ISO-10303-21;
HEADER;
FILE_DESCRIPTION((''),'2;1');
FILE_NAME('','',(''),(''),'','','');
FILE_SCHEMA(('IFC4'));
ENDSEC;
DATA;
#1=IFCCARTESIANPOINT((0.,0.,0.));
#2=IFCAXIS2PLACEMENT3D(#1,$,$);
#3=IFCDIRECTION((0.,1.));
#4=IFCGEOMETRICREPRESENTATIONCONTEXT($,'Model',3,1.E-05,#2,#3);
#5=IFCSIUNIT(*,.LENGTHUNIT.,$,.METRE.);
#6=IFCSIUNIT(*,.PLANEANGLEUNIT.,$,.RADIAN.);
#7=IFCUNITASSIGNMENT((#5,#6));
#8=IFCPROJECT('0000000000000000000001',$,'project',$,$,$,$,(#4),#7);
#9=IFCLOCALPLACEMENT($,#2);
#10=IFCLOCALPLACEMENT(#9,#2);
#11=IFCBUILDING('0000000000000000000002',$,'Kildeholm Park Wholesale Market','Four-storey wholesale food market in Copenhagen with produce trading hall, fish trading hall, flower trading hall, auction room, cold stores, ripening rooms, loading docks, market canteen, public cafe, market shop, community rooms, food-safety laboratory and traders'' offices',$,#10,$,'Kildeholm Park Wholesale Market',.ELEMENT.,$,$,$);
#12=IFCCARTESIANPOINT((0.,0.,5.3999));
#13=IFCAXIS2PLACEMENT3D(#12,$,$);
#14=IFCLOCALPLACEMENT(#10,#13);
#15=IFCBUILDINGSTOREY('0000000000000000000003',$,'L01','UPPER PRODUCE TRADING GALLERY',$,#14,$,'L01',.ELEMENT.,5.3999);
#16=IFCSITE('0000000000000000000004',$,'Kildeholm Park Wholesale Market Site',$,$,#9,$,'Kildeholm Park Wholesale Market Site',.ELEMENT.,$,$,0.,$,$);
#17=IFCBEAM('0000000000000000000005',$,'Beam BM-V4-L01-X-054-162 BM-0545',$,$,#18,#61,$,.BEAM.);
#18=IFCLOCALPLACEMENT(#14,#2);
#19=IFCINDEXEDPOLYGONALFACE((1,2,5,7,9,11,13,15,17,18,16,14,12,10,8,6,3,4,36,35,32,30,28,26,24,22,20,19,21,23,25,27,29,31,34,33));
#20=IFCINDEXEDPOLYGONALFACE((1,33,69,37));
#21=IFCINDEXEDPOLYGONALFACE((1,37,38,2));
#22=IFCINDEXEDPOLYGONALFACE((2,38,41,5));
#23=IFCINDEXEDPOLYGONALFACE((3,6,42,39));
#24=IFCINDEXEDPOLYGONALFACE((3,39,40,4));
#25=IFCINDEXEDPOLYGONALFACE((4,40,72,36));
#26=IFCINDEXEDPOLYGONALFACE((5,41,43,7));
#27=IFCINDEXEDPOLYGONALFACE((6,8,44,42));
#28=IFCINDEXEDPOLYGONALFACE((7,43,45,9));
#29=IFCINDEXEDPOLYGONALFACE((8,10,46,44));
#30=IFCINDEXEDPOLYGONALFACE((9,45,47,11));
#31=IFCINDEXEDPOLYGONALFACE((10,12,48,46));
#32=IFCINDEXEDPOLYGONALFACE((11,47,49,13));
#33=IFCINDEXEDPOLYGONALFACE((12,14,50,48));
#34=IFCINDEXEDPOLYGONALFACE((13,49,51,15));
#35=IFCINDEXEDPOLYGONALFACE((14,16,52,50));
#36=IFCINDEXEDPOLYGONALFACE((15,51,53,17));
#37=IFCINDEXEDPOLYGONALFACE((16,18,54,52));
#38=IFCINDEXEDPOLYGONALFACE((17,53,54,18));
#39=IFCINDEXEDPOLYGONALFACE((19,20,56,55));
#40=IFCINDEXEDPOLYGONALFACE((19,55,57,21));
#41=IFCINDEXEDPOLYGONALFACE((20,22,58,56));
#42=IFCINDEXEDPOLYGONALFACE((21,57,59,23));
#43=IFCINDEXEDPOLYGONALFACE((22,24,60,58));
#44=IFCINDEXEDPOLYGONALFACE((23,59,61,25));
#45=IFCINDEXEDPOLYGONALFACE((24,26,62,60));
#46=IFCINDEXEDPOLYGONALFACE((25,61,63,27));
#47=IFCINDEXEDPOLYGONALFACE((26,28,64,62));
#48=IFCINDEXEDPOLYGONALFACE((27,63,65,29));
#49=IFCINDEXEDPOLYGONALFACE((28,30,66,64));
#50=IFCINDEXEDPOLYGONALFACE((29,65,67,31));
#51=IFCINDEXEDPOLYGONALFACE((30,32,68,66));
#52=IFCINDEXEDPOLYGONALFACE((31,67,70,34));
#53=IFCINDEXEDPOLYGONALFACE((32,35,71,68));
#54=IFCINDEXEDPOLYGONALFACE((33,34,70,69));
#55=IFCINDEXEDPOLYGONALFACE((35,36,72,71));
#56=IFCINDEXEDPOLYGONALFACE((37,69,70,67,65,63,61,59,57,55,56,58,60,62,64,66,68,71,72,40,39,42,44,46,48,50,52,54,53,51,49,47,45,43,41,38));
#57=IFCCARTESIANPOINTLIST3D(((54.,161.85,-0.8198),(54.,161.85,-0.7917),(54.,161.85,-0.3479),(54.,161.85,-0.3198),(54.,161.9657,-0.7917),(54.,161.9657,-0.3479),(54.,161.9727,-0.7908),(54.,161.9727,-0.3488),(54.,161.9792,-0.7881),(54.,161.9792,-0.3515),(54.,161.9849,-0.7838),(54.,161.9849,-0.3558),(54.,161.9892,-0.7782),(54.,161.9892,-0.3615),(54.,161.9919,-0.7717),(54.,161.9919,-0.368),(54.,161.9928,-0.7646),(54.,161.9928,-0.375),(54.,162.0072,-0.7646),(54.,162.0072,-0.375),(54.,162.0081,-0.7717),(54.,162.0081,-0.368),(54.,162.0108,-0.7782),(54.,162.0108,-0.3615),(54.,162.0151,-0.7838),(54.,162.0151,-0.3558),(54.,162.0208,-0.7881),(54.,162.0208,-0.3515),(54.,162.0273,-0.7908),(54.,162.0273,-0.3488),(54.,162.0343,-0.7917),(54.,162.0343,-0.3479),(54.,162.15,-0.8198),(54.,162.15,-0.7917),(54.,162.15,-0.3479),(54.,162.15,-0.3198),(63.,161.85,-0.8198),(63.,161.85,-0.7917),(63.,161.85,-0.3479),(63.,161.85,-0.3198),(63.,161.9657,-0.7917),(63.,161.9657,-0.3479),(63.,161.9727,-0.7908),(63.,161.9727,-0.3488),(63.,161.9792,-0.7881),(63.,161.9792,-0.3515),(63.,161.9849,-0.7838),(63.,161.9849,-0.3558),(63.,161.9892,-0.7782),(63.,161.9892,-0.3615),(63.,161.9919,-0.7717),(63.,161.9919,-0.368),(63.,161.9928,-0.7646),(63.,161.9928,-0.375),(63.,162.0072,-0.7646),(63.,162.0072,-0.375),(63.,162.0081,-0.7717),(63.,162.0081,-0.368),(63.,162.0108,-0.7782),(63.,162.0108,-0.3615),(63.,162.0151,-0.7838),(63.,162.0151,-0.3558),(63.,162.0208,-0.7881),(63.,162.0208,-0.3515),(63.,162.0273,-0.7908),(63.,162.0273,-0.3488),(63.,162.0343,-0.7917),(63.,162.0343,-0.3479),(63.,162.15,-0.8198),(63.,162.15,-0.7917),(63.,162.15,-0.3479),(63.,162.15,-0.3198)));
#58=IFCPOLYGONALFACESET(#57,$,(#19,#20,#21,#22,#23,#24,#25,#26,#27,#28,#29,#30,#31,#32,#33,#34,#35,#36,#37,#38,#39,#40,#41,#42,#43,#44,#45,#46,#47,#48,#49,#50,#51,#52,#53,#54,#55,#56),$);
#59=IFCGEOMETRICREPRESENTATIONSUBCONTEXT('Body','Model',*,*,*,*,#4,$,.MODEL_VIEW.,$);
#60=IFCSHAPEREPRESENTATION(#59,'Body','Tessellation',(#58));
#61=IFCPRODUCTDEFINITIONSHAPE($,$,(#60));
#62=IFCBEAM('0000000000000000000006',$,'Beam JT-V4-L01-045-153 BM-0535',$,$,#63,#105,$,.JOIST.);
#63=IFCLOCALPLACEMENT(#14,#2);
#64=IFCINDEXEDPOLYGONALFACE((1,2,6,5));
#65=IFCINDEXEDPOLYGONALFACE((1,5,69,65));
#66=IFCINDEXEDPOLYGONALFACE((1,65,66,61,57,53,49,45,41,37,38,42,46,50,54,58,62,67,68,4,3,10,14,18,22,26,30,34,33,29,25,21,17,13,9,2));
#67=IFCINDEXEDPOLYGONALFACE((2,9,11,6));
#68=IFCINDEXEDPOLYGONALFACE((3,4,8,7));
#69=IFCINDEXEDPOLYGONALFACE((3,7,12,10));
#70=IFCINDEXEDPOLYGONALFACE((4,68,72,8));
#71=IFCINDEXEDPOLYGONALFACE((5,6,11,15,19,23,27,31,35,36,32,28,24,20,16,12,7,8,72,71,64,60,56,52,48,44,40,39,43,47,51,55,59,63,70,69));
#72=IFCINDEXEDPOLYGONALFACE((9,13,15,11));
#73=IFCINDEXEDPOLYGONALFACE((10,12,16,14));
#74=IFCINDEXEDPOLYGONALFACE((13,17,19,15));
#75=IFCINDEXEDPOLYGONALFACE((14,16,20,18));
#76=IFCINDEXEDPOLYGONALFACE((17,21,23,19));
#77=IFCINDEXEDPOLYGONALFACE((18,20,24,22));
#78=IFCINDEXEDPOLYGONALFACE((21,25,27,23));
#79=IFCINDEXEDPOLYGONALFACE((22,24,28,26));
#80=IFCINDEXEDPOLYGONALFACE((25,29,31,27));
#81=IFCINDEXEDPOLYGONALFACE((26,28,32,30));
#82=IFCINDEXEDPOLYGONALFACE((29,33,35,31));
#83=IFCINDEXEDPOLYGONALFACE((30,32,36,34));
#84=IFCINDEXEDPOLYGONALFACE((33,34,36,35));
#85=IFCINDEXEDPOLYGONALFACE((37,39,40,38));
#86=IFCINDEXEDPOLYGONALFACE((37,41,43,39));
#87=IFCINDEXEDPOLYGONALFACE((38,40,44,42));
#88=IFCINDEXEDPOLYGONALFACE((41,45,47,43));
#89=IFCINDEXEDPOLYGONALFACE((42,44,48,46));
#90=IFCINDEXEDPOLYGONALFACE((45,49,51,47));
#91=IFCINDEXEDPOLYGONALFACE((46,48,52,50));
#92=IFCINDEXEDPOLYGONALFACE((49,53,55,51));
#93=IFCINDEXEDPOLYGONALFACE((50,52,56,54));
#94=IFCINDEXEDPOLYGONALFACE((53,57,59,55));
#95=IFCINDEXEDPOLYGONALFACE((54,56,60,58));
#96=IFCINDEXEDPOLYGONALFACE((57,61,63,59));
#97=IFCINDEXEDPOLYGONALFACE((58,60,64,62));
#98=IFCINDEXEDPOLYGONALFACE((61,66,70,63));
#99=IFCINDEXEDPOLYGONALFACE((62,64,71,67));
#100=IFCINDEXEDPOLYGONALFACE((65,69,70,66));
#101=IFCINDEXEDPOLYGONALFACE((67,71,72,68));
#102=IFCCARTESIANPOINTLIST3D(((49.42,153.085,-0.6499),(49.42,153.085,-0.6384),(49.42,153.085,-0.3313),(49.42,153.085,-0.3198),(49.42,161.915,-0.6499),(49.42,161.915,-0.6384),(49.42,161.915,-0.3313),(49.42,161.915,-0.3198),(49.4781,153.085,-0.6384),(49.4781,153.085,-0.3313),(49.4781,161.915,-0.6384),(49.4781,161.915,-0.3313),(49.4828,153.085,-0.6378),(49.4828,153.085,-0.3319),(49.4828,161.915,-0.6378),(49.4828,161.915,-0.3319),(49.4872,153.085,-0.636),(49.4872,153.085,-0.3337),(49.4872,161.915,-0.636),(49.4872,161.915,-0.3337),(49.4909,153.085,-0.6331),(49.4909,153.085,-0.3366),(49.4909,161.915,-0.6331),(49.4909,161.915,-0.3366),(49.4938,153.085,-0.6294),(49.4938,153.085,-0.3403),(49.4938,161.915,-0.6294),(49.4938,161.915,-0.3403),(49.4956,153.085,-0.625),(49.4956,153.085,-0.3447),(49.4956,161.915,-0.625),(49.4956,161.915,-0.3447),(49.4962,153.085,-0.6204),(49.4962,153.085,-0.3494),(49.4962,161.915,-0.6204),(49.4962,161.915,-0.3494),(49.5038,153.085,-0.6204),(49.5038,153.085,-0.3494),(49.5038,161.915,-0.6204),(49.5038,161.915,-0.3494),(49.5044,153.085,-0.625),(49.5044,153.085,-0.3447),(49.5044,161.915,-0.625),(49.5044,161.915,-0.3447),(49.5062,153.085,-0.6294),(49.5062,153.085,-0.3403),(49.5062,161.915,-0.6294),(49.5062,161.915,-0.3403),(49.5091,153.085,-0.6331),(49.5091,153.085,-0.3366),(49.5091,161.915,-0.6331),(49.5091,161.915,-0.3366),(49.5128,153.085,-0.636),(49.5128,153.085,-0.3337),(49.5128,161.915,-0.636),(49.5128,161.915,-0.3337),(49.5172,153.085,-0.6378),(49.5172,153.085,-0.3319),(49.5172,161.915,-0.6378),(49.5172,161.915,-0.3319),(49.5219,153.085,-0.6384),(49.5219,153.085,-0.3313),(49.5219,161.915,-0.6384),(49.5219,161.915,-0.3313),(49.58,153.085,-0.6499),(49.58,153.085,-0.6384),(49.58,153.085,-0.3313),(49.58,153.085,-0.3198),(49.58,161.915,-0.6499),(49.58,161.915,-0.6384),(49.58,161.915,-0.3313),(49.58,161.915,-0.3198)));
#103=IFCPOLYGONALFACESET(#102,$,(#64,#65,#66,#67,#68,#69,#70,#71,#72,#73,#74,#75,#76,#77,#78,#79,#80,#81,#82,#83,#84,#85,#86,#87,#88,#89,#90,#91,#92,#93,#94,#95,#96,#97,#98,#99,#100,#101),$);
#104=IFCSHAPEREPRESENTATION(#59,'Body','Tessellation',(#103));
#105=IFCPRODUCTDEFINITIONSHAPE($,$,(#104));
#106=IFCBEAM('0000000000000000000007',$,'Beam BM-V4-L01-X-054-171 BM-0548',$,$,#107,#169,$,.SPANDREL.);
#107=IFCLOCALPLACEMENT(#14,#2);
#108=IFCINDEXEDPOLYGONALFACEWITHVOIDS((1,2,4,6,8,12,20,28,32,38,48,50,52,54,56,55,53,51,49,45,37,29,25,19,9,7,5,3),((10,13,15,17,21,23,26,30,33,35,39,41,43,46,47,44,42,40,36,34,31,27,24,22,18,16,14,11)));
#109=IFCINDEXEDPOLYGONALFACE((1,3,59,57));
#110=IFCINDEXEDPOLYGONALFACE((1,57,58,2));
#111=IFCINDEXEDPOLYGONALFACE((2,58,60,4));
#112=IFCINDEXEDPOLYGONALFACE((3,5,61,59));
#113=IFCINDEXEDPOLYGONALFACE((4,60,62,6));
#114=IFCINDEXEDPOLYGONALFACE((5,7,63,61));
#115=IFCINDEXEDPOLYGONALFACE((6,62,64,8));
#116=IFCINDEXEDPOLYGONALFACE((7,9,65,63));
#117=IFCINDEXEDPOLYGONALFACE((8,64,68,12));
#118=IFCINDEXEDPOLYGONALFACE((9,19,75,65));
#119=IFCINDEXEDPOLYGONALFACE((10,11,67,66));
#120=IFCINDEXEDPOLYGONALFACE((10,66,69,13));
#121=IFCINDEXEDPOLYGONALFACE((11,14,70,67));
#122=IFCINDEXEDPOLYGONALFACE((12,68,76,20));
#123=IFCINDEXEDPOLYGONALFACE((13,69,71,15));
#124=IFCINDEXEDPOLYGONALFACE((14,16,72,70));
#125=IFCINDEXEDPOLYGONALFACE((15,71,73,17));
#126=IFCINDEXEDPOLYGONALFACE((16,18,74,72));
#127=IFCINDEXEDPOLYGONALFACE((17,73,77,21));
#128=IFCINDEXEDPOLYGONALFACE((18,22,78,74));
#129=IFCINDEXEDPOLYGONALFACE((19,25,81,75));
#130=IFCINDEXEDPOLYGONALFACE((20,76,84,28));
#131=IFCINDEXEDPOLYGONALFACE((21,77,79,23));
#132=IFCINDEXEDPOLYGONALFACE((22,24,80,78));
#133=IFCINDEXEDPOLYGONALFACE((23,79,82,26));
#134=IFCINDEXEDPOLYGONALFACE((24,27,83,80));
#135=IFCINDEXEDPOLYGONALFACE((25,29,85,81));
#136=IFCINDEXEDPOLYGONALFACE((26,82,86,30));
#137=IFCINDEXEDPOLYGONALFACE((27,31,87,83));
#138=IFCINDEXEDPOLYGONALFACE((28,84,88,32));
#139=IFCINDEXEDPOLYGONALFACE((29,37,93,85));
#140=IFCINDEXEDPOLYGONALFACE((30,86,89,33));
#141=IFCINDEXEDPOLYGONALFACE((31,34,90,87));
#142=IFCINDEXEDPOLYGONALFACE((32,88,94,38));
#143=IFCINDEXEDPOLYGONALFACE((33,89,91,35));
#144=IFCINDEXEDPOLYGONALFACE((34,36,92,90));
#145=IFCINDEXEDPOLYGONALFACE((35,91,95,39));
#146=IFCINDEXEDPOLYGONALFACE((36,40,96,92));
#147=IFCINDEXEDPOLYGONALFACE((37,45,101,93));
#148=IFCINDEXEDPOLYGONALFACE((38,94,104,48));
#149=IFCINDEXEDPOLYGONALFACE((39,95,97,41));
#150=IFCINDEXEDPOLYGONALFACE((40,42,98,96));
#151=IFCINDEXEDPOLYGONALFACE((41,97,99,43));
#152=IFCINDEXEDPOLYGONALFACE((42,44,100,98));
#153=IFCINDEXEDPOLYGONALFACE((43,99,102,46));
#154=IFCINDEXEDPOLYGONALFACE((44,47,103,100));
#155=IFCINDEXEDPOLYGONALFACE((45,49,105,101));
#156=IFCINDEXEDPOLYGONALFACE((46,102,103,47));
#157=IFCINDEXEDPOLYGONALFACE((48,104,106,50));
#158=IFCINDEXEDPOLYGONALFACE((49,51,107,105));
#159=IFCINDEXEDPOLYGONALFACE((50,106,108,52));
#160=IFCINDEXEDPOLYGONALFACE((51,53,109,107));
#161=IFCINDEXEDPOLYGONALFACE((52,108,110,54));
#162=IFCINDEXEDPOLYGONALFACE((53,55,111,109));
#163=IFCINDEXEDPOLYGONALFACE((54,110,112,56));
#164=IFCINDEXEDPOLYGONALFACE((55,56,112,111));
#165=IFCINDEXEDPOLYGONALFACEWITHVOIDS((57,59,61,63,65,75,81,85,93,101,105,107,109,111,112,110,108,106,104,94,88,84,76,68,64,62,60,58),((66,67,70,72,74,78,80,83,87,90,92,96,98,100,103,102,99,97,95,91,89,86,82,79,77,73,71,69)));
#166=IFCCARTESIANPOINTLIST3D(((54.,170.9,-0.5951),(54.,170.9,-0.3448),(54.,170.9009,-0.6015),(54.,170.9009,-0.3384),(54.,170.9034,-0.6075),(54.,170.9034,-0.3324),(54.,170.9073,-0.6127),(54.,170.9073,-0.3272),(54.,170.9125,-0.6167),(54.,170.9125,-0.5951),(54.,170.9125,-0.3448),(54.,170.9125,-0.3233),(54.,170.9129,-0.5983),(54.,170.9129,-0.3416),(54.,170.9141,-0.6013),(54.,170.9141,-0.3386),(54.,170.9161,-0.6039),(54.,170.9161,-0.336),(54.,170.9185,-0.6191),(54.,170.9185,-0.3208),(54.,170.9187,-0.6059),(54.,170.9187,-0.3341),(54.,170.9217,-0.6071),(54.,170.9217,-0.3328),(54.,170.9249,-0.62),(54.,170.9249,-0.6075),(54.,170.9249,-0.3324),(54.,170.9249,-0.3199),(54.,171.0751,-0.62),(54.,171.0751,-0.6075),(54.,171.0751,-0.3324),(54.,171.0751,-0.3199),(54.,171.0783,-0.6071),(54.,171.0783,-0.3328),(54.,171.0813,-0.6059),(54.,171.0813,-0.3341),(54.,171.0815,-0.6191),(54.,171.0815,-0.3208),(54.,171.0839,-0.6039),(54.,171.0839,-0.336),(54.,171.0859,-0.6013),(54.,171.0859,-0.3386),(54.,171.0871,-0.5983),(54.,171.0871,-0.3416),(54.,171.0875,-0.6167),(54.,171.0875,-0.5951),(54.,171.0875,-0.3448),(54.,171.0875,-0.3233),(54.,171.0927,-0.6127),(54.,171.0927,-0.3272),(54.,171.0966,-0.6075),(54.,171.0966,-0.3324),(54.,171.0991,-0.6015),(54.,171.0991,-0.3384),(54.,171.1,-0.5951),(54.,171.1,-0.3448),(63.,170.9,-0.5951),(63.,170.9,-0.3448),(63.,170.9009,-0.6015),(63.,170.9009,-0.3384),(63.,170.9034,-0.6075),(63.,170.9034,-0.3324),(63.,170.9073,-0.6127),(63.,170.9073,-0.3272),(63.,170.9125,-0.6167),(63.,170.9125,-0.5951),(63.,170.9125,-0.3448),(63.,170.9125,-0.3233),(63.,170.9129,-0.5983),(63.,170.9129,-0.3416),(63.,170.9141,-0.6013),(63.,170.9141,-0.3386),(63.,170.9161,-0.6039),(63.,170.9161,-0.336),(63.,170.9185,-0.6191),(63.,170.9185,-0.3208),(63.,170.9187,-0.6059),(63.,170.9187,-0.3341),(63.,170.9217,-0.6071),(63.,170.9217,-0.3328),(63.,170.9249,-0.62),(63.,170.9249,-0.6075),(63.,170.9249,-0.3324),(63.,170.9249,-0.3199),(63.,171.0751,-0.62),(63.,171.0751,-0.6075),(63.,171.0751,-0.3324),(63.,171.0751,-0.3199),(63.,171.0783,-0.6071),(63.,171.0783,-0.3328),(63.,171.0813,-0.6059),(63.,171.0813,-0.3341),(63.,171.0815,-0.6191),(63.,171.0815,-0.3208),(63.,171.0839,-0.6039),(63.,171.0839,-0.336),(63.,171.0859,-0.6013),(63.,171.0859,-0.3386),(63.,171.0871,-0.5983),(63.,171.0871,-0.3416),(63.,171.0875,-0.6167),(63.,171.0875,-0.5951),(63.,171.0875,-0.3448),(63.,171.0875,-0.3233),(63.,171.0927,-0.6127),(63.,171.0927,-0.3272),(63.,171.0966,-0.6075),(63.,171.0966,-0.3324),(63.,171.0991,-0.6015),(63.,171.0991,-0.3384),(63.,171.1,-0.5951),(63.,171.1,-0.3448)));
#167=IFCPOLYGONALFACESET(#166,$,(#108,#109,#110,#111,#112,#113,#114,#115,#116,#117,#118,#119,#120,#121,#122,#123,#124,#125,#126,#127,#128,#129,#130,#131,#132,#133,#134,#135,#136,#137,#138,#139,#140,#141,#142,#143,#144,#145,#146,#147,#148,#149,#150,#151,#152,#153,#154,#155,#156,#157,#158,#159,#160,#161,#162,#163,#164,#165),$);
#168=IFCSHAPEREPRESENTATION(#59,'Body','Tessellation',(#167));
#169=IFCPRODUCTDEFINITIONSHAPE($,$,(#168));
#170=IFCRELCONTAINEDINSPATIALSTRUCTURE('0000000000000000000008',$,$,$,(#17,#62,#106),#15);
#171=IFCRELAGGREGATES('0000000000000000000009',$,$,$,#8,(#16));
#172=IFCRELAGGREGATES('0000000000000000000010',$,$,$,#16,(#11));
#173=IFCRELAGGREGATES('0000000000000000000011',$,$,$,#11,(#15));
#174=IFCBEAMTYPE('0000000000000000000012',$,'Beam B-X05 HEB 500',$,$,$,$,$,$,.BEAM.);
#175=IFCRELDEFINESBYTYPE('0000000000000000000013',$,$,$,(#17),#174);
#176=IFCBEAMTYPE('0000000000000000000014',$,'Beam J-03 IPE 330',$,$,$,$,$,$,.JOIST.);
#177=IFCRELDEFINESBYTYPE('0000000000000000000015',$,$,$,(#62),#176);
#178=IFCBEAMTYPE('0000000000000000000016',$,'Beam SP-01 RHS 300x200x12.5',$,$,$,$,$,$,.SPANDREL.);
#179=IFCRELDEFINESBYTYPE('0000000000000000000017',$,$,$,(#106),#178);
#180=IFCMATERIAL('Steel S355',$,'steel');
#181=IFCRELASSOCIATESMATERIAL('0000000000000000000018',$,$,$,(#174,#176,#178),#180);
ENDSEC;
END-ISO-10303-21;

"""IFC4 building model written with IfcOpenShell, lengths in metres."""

from ifc_helpers import new_model, si_unit, direction, frame, origin, origin_2d, place, context, subcontext, project, spatial, hollow_rectangle, i_section, extrude, material, material_profile, profile_set, type_object, element, save


model = new_model("IFC4")

# Units and contexts
model_context = context("Model", 3, precision=1e-05, world=origin(), true_north=direction((0.0, 1.0)))
body_context = subcontext(model_context, "Body", "Model", "MODEL_VIEW")
ifc_project = project(units=[si_unit("LENGTHUNIT", "METRE"), si_unit("PLANEANGLEUNIT", "RADIAN")], contexts=[model_context])

# Site, building, storey
site_placement = place(None, origin())
site = spatial("IfcSite", under=ifc_project, at=site_placement, Name="Kildeholm Park Wholesale Market Site", LongName="Kildeholm Park Wholesale Market Site", CompositionType="ELEMENT", RefElevation=0.0)
building_placement = place(site_placement, origin())
building = spatial("IfcBuilding", under=site, at=building_placement, Name="Kildeholm Park Wholesale Market", Description="Four-storey wholesale food market in Copenhagen with produce trading hall, fish trading hall, flower trading hall, auction room, cold stores, ripening rooms, loading docks, market canteen, public cafe, market shop, community rooms, food-safety laboratory and traders' offices", LongName="Kildeholm Park Wholesale Market", CompositionType="ELEMENT")
storey_placement = place(building_placement, frame((0.0, 0.0, 5.3999)))
storey = spatial("IfcBuildingStorey", under=building, at=storey_placement, Name="L01", Description="UPPER PRODUCE TRADING GALLERY", LongName="L01", CompositionType="ELEMENT", Elevation=5.3999)

# Beams
ifc_material_1 = material(Name="Steel S355", Category="steel")
ifc_material_profile_1 = material_profile(ifc_material_1, i_section(OverallWidth=0.3, OverallDepth=0.5, WebThickness=0.0144, FlangeThickness=0.0281, FilletRadius=0.0271, at=origin_2d()), Name="HEB 500")
ifc_profile_set_1 = profile_set([ifc_material_profile_1], Name="Steel S355")
beam_type_1 = type_object("IfcBeamType", Name="Beam B-X05 HEB 500", PredefinedType="BEAM", material=ifc_profile_set_1)
beam_1_placement = place(storey_placement, frame((54.0, 162.0, -0.5698), z_axis=(1.0, 0.0, 0.0), x_axis=(0.0, 1.0, 0.0)))
element("IfcBeam", 1, at=beam_1_placement, inside=storey, type_object=beam_type_1, Name="Beam BM-V4-L01-X-054-162 BM-0545", PredefinedType="BEAM", context=body_context, shape_type="SweptSolid", body=[
    extrude(i_section(OverallWidth=0.3, OverallDepth=0.5, WebThickness=0.0144, FlangeThickness=0.0281, FilletRadius=0.0271, at=origin_2d()), origin(), (0.0, 0.0, 1.0), 9.0),
])
ifc_material_profile_2 = material_profile(ifc_material_1, i_section(OverallWidth=0.1599, OverallDepth=0.3301, WebThickness=0.0076, FlangeThickness=0.0115, FilletRadius=0.0181, at=origin_2d()), Name="IPE 330")
ifc_profile_set_2 = profile_set([ifc_material_profile_2], Name="Steel S355")
beam_type_2 = type_object("IfcBeamType", Name="Beam J-03 IPE 330", PredefinedType="JOIST", material=ifc_profile_set_2)
beam_2_placement = place(storey_placement, frame((49.5, 153.085, -0.4849), z_axis=(0.0, 1.0, 0.0), x_axis=(-1.0, 0.0, 0.0)))
element("IfcBeam", 2, at=beam_2_placement, inside=storey, type_object=beam_type_2, Name="Beam JT-V4-L01-045-153 BM-0535", PredefinedType="JOIST", context=body_context, shape_type="SweptSolid", body=[
    extrude(i_section(OverallWidth=0.1599, OverallDepth=0.3301, WebThickness=0.0076, FlangeThickness=0.0115, FilletRadius=0.0181, at=origin_2d()), origin(), (0.0, 0.0, 1.0), 8.8301),
])
ifc_material_profile_3 = material_profile(ifc_material_1, hollow_rectangle(XDim=0.2, YDim=0.3, WallThickness=0.0125, InnerFilletRadius=0.0125, OuterFilletRadius=0.0249, at=origin_2d()), Name="RHS 300x200x12.5")
ifc_profile_set_3 = profile_set([ifc_material_profile_3], Name="Steel S355")
beam_type_3 = type_object("IfcBeamType", Name="Beam SP-01 RHS 300x200x12.5", PredefinedType="SPANDREL", material=ifc_profile_set_3)
beam_3_placement = place(storey_placement, frame((54.0, 171.0, -0.47), z_axis=(1.0, 0.0, 0.0), x_axis=(0.0, 1.0, 0.0)))
element("IfcBeam", 3, at=beam_3_placement, inside=storey, type_object=beam_type_3, Name="Beam BM-V4-L01-X-054-171 BM-0548", PredefinedType="SPANDREL", context=body_context, shape_type="SweptSolid", body=[
    extrude(hollow_rectangle(XDim=0.2, YDim=0.3, WallThickness=0.0125, InnerFilletRadius=0.0125, OuterFilletRadius=0.0249, at=origin_2d()), origin(), (0.0, 0.0, 1.0), 9.0),
])

save(model, "model.ifc")
